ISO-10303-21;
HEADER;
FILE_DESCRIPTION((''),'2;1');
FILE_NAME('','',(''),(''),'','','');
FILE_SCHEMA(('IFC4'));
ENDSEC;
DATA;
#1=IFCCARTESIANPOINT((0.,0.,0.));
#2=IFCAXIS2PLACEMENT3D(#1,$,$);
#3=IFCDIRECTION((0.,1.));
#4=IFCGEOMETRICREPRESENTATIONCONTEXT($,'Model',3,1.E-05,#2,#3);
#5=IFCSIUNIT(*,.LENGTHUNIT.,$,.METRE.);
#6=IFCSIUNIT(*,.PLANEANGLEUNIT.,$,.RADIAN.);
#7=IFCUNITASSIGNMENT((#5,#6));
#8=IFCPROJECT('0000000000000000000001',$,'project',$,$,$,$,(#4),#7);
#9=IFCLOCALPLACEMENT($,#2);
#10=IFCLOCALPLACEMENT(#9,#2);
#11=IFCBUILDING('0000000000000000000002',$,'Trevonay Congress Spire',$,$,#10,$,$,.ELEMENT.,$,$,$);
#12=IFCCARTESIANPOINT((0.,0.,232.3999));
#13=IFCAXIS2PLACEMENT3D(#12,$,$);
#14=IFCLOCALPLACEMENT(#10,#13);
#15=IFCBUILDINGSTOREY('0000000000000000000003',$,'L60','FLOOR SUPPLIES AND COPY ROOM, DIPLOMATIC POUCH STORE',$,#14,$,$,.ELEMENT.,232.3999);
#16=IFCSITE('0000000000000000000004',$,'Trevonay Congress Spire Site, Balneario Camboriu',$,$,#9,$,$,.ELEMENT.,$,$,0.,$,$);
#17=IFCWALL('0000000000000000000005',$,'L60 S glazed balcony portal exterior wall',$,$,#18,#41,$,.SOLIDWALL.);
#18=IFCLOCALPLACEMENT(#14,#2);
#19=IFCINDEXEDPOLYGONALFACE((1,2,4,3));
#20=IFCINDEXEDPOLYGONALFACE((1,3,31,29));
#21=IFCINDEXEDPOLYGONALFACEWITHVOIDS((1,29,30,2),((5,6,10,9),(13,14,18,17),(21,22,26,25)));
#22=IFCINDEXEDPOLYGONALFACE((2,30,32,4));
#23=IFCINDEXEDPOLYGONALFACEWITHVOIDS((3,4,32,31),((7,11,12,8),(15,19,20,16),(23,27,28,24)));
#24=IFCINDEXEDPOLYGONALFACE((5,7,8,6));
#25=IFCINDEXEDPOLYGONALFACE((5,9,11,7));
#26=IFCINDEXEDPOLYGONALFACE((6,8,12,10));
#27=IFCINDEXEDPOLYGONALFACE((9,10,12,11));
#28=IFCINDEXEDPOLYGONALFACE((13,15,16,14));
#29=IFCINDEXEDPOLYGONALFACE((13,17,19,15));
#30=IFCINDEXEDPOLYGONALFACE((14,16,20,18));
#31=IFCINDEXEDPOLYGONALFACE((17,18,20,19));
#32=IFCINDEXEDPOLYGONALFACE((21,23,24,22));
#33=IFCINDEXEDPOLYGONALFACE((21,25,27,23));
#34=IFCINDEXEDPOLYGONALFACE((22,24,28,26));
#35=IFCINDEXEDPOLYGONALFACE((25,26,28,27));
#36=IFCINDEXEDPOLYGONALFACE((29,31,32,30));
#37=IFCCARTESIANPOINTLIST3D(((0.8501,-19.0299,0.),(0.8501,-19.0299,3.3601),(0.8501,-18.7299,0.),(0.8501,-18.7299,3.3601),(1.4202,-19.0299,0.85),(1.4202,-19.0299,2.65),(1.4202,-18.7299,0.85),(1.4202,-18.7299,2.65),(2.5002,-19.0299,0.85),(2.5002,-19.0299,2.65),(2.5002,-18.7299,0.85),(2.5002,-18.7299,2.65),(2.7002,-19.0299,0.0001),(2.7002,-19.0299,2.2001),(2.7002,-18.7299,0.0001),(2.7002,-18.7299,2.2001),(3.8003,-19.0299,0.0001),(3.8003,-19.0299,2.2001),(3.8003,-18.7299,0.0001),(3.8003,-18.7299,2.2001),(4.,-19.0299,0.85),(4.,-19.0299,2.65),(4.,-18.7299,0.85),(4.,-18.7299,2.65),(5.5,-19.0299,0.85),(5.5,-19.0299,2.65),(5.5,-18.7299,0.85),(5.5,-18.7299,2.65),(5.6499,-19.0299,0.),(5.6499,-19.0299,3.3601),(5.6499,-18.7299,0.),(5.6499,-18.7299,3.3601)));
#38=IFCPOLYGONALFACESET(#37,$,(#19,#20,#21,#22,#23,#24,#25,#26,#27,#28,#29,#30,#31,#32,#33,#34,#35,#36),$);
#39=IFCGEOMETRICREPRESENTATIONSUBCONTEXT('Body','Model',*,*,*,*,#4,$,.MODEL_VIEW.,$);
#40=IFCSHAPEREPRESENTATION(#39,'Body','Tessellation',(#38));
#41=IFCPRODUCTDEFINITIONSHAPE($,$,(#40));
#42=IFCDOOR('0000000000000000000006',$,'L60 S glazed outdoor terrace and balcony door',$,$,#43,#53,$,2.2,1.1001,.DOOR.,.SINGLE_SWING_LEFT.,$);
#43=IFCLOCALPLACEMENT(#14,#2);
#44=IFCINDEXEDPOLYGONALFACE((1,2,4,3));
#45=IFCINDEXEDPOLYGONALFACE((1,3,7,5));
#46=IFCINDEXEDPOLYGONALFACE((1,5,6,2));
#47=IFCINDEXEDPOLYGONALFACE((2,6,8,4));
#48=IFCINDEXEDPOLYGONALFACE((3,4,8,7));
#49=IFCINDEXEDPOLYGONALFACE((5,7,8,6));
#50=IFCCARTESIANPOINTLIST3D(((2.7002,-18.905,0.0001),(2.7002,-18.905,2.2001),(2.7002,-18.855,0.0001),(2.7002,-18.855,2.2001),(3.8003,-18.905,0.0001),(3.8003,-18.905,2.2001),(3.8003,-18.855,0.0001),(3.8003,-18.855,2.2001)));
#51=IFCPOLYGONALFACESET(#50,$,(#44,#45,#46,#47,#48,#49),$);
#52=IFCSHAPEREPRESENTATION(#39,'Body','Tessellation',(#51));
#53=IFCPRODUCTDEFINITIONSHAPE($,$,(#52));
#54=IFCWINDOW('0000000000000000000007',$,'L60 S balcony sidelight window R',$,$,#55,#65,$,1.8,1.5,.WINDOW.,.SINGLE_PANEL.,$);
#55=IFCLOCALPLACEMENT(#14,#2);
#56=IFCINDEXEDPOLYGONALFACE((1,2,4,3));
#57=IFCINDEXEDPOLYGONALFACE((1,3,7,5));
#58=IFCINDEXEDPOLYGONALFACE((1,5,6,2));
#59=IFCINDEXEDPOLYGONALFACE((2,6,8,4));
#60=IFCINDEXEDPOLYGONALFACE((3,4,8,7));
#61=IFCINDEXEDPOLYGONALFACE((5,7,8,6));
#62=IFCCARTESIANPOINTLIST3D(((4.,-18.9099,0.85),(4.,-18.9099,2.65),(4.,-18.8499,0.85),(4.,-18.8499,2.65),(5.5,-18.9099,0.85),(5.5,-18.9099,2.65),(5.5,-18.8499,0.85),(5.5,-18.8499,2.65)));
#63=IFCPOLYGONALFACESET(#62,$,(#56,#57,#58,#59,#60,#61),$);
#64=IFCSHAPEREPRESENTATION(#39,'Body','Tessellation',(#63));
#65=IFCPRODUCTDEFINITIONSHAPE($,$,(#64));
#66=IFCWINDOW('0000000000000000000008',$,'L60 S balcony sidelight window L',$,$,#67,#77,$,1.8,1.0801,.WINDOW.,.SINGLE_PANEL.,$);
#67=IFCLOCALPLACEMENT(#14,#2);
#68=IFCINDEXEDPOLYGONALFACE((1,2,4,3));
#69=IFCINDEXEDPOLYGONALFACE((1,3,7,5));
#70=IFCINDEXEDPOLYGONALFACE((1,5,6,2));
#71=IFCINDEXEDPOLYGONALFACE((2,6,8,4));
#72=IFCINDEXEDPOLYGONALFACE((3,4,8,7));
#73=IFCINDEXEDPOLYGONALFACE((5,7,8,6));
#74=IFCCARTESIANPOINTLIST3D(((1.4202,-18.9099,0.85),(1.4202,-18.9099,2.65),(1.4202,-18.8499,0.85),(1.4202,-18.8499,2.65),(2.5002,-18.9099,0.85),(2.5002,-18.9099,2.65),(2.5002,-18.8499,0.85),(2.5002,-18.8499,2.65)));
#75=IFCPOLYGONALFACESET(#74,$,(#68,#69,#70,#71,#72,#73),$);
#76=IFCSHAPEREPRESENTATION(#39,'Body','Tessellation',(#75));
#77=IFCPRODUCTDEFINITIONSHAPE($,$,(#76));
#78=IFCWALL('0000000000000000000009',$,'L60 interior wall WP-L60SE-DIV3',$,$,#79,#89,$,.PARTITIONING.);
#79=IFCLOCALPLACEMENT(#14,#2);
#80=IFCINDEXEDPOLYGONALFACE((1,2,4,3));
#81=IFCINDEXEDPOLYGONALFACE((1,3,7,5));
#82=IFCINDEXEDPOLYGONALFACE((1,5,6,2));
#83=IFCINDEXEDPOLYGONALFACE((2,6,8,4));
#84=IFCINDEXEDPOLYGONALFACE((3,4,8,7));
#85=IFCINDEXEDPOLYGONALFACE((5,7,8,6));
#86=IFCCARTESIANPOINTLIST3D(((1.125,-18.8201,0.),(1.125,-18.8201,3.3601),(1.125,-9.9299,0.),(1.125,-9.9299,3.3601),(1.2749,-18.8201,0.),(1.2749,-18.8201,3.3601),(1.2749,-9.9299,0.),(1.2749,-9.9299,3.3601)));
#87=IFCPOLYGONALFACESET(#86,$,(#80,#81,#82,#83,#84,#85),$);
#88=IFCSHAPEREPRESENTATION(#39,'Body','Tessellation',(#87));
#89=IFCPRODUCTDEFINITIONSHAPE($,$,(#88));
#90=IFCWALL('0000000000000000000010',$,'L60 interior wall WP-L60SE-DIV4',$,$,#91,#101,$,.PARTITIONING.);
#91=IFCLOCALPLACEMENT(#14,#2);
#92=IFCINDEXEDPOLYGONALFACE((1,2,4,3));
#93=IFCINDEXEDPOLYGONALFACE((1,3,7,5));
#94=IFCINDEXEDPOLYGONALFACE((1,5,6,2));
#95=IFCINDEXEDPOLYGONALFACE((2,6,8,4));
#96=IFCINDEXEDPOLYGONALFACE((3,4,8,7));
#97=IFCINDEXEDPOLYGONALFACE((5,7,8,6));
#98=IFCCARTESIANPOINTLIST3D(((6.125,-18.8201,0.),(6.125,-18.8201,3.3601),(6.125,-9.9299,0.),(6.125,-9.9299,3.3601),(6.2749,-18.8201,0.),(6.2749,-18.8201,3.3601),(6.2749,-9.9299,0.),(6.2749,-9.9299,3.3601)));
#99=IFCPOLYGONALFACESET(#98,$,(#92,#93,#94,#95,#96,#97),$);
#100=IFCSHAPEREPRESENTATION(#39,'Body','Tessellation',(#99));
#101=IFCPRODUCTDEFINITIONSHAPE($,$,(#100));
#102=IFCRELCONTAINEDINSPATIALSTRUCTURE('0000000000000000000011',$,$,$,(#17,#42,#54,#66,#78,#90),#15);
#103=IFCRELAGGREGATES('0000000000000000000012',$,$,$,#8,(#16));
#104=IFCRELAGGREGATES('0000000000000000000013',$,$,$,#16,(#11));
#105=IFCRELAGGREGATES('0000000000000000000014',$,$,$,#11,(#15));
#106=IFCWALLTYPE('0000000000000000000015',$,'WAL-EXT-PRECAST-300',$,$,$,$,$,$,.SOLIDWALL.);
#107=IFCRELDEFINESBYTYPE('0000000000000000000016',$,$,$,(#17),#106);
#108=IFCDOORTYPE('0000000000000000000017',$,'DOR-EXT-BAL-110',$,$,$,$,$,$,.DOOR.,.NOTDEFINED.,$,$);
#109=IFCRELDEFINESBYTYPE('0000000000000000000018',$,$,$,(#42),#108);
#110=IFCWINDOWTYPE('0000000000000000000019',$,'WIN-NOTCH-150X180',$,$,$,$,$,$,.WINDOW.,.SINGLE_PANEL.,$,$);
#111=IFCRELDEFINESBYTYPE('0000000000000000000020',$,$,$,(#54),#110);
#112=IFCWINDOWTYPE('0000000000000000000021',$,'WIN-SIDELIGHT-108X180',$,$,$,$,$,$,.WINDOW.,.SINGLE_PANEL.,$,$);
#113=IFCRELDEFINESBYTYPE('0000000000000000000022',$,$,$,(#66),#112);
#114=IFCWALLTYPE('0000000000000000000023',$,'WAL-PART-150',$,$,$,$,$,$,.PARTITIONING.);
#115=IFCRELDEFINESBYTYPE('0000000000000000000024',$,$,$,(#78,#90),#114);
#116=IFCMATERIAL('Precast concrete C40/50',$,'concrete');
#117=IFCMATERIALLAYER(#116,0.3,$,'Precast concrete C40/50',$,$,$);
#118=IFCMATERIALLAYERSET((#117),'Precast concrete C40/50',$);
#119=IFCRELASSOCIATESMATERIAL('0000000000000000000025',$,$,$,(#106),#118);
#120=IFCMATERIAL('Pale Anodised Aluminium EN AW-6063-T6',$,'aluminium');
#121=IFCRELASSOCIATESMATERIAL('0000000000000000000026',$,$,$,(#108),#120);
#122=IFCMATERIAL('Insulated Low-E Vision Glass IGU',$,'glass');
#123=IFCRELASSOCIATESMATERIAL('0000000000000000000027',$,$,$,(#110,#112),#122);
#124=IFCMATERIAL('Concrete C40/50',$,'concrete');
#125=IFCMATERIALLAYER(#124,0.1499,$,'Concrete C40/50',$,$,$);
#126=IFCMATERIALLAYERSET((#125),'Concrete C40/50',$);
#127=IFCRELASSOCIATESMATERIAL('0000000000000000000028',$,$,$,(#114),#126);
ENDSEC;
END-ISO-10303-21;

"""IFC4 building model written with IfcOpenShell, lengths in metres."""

from ifc_helpers import new_model, si_unit, direction, frame, frame_2d, origin, place, context, subcontext, project, spatial, rectangle, extrude, material, layer, layer_set, type_object, element, fill, save


model = new_model("IFC4")

# Units and contexts
model_context = context("Model", 3, precision=1e-05, world=origin(), true_north=direction((0.0, 1.0)))
body_context = subcontext(model_context, "Body", "Model", "MODEL_VIEW")
ifc_project = project(units=[si_unit("LENGTHUNIT", "METRE"), si_unit("PLANEANGLEUNIT", "RADIAN")], contexts=[model_context])

# Site, building, storey
site_placement = place(None, origin())
site = spatial("IfcSite", under=ifc_project, at=site_placement, Name="Trevonay Congress Spire Site, Balneario Camboriu", CompositionType="ELEMENT", RefElevation=0.0)
building_placement = place(site_placement, origin())
building = spatial("IfcBuilding", under=site, at=building_placement, Name="Trevonay Congress Spire", CompositionType="ELEMENT")
storey_placement = place(building_placement, frame((0.0, 0.0, 232.3999)))
storey = spatial("IfcBuildingStorey", under=building, at=storey_placement, Name="L60", Description="FLOOR SUPPLIES AND COPY ROOM, DIPLOMATIC POUCH STORE", CompositionType="ELEMENT", Elevation=232.3999)

# Shared definitions
ifc_material_1 = material(Name="Pale Anodised Aluminium EN AW-6063-T6", Category="aluminium")

# Wall, openings, door, windows
ifc_material_2 = material(Name="Precast concrete C40/50", Category="concrete")
ifc_layer_1 = layer(ifc_material_2, 0.3, Name="Precast concrete C40/50")
ifc_layer_set_1 = layer_set([ifc_layer_1], Name="Precast concrete C40/50")
wall_type_1 = type_object("IfcWallType", Name="WAL-EXT-PRECAST-300", PredefinedType="SOLIDWALL", material=ifc_layer_set_1)
wall_1_placement = place(storey_placement, frame((0.8501, -18.8799, 0.0), z_axis=(0.0, 0.0, 1.0), x_axis=(1.0, 0.0, 0.0)))
wall_1 = element("IfcWall", 1, at=wall_1_placement, inside=storey, type_object=wall_type_1, Name="L60 S glazed balcony portal exterior wall", PredefinedType="SOLIDWALL", context=body_context, shape_type="SweptSolid", body=[
    extrude(rectangle(XDim=4.7998, YDim=0.3, at=frame_2d((2.3999, 0.0))), origin(), (0.0, 0.0, 1.0), 3.3601),
])
opening_1_placement = place(wall_1_placement, frame((1.8501, 0.0, 0.0)))
opening_1 = element("IfcOpeningElement", 2, at=opening_1_placement, cuts=wall_1, PredefinedType="OPENING", context=body_context, shape_type="SweptSolid", body=[
    extrude(rectangle(XDim=1.1001, YDim=2.2, at=frame_2d((0.55, 1.1001))), frame((0.0, 0.1602, 0.0), z_axis=(0.0, -1.0, 0.0), x_axis=(1.0, 0.0, 0.0)), (0.0, 0.0, 1.0), 0.3201),
])
opening_2_placement = place(wall_1_placement, frame((0.5701, 0.0, 0.8501)))
opening_2 = element("IfcOpeningElement", 3, at=opening_2_placement, cuts=wall_1, PredefinedType="OPENING", context=body_context, shape_type="SweptSolid", body=[
    extrude(rectangle(XDim=1.0801, YDim=1.8, at=frame_2d((0.54, 0.8999))), frame((0.0, 0.1602, 0.0), z_axis=(0.0, -1.0, 0.0), x_axis=(1.0, 0.0, 0.0)), (0.0, 0.0, 1.0), 0.3201),
])
opening_3_placement = place(wall_1_placement, frame((3.1499, 0.0, 0.8501)))
opening_3 = element("IfcOpeningElement", 4, at=opening_3_placement, cuts=wall_1, PredefinedType="OPENING", context=body_context, shape_type="SweptSolid", body=[
    extrude(rectangle(XDim=1.5, YDim=1.8, at=frame_2d((0.75, 0.8999))), frame((0.0, 0.1602, 0.0), z_axis=(0.0, -1.0, 0.0), x_axis=(1.0, 0.0, 0.0)), (0.0, 0.0, 1.0), 0.3201),
])
door_type = type_object("IfcDoorType", Name="DOR-EXT-BAL-110", OperationType="NOTDEFINED", PredefinedType="DOOR", material=ifc_material_1)
door_placement = place(opening_1_placement, origin())
door = element("IfcDoor", 5, at=door_placement, inside=storey, type_object=door_type, Name="L60 S glazed outdoor terrace and balcony door", OperationType="SINGLE_SWING_LEFT", OverallHeight=2.2, OverallWidth=1.1001, PredefinedType="DOOR", context=body_context, shape_type="SweptSolid", body=[
    extrude(rectangle(XDim=1.1001, YDim=2.2, at=frame_2d((0.55, 1.1001))), frame((0.0, 0.0249, 0.0), z_axis=(0.0, -1.0, 0.0), x_axis=(1.0, 0.0, 0.0)), (0.0, 0.0, 1.0), 0.05),
])
fill(opening_1, door)
ifc_material_3 = material(Name="Insulated Low-E Vision Glass IGU", Category="glass")
window_type_1 = type_object("IfcWindowType", Name="WIN-NOTCH-150X180", PartitioningType="SINGLE_PANEL", PredefinedType="WINDOW", material=ifc_material_3)
window_1_placement = place(opening_3_placement, origin())
window_1 = element("IfcWindow", 6, at=window_1_placement, inside=storey, type_object=window_type_1, Name="L60 S balcony sidelight window R", OverallHeight=1.8, OverallWidth=1.5, PartitioningType="SINGLE_PANEL", PredefinedType="WINDOW", context=body_context, shape_type="SweptSolid", body=[
    extrude(rectangle(XDim=1.5, YDim=1.8, at=frame_2d((0.75, 0.8999))), frame((0.0, 0.03, 0.0), z_axis=(0.0, -1.0, 0.0), x_axis=(1.0, 0.0, 0.0)), (0.0, 0.0, 1.0), 0.0601),
])
fill(opening_3, window_1)
window_type_2 = type_object("IfcWindowType", Name="WIN-SIDELIGHT-108X180", PartitioningType="SINGLE_PANEL", PredefinedType="WINDOW", material=ifc_material_3)
window_2_placement = place(opening_2_placement, origin())
window_2 = element("IfcWindow", 7, at=window_2_placement, inside=storey, type_object=window_type_2, Name="L60 S balcony sidelight window L", OverallHeight=1.8, OverallWidth=1.0801, PartitioningType="SINGLE_PANEL", PredefinedType="WINDOW", context=body_context, shape_type="SweptSolid", body=[
    extrude(rectangle(XDim=1.0801, YDim=1.8, at=frame_2d((0.54, 0.8999))), frame((0.0, 0.03, 0.0), z_axis=(0.0, -1.0, 0.0), x_axis=(1.0, 0.0, 0.0)), (0.0, 0.0, 1.0), 0.0601),
])
fill(opening_2, window_2)

# Walls
ifc_material_4 = material(Name="Concrete C40/50", Category="concrete")
ifc_layer_2 = layer(ifc_material_4, 0.1499, Name="Concrete C40/50")
ifc_layer_set_2 = layer_set([ifc_layer_2], Name="Concrete C40/50")
wall_type_2 = type_object("IfcWallType", Name="WAL-PART-150", PredefinedType="PARTITIONING", material=ifc_layer_set_2)
for number, where, z_axis, x_axis, name in (
    (8, (1.2, -18.8201, 0.0), (0.0, 0.0, 1.0), (0.0, 1.0, 0.0), "L60 interior wall WP-L60SE-DIV3"),
    (9, (6.2, -18.8201, 0.0), (0.0, 0.0, 1.0), (0.0, 1.0, 0.0), "L60 interior wall WP-L60SE-DIV4"),
):
    element("IfcWall", number, at=place(storey_placement, frame(where, z_axis=z_axis, x_axis=x_axis)), inside=storey, type_object=wall_type_2, Name=name, PredefinedType="PARTITIONING", context=body_context, shape_type="SweptSolid", body=[
        extrude(rectangle(XDim=8.8901, YDim=0.1499, at=frame_2d((4.4451, 0.0))), origin(), (0.0, 0.0, 1.0), 3.3601),
    ])

save(model, "model.ifc")
